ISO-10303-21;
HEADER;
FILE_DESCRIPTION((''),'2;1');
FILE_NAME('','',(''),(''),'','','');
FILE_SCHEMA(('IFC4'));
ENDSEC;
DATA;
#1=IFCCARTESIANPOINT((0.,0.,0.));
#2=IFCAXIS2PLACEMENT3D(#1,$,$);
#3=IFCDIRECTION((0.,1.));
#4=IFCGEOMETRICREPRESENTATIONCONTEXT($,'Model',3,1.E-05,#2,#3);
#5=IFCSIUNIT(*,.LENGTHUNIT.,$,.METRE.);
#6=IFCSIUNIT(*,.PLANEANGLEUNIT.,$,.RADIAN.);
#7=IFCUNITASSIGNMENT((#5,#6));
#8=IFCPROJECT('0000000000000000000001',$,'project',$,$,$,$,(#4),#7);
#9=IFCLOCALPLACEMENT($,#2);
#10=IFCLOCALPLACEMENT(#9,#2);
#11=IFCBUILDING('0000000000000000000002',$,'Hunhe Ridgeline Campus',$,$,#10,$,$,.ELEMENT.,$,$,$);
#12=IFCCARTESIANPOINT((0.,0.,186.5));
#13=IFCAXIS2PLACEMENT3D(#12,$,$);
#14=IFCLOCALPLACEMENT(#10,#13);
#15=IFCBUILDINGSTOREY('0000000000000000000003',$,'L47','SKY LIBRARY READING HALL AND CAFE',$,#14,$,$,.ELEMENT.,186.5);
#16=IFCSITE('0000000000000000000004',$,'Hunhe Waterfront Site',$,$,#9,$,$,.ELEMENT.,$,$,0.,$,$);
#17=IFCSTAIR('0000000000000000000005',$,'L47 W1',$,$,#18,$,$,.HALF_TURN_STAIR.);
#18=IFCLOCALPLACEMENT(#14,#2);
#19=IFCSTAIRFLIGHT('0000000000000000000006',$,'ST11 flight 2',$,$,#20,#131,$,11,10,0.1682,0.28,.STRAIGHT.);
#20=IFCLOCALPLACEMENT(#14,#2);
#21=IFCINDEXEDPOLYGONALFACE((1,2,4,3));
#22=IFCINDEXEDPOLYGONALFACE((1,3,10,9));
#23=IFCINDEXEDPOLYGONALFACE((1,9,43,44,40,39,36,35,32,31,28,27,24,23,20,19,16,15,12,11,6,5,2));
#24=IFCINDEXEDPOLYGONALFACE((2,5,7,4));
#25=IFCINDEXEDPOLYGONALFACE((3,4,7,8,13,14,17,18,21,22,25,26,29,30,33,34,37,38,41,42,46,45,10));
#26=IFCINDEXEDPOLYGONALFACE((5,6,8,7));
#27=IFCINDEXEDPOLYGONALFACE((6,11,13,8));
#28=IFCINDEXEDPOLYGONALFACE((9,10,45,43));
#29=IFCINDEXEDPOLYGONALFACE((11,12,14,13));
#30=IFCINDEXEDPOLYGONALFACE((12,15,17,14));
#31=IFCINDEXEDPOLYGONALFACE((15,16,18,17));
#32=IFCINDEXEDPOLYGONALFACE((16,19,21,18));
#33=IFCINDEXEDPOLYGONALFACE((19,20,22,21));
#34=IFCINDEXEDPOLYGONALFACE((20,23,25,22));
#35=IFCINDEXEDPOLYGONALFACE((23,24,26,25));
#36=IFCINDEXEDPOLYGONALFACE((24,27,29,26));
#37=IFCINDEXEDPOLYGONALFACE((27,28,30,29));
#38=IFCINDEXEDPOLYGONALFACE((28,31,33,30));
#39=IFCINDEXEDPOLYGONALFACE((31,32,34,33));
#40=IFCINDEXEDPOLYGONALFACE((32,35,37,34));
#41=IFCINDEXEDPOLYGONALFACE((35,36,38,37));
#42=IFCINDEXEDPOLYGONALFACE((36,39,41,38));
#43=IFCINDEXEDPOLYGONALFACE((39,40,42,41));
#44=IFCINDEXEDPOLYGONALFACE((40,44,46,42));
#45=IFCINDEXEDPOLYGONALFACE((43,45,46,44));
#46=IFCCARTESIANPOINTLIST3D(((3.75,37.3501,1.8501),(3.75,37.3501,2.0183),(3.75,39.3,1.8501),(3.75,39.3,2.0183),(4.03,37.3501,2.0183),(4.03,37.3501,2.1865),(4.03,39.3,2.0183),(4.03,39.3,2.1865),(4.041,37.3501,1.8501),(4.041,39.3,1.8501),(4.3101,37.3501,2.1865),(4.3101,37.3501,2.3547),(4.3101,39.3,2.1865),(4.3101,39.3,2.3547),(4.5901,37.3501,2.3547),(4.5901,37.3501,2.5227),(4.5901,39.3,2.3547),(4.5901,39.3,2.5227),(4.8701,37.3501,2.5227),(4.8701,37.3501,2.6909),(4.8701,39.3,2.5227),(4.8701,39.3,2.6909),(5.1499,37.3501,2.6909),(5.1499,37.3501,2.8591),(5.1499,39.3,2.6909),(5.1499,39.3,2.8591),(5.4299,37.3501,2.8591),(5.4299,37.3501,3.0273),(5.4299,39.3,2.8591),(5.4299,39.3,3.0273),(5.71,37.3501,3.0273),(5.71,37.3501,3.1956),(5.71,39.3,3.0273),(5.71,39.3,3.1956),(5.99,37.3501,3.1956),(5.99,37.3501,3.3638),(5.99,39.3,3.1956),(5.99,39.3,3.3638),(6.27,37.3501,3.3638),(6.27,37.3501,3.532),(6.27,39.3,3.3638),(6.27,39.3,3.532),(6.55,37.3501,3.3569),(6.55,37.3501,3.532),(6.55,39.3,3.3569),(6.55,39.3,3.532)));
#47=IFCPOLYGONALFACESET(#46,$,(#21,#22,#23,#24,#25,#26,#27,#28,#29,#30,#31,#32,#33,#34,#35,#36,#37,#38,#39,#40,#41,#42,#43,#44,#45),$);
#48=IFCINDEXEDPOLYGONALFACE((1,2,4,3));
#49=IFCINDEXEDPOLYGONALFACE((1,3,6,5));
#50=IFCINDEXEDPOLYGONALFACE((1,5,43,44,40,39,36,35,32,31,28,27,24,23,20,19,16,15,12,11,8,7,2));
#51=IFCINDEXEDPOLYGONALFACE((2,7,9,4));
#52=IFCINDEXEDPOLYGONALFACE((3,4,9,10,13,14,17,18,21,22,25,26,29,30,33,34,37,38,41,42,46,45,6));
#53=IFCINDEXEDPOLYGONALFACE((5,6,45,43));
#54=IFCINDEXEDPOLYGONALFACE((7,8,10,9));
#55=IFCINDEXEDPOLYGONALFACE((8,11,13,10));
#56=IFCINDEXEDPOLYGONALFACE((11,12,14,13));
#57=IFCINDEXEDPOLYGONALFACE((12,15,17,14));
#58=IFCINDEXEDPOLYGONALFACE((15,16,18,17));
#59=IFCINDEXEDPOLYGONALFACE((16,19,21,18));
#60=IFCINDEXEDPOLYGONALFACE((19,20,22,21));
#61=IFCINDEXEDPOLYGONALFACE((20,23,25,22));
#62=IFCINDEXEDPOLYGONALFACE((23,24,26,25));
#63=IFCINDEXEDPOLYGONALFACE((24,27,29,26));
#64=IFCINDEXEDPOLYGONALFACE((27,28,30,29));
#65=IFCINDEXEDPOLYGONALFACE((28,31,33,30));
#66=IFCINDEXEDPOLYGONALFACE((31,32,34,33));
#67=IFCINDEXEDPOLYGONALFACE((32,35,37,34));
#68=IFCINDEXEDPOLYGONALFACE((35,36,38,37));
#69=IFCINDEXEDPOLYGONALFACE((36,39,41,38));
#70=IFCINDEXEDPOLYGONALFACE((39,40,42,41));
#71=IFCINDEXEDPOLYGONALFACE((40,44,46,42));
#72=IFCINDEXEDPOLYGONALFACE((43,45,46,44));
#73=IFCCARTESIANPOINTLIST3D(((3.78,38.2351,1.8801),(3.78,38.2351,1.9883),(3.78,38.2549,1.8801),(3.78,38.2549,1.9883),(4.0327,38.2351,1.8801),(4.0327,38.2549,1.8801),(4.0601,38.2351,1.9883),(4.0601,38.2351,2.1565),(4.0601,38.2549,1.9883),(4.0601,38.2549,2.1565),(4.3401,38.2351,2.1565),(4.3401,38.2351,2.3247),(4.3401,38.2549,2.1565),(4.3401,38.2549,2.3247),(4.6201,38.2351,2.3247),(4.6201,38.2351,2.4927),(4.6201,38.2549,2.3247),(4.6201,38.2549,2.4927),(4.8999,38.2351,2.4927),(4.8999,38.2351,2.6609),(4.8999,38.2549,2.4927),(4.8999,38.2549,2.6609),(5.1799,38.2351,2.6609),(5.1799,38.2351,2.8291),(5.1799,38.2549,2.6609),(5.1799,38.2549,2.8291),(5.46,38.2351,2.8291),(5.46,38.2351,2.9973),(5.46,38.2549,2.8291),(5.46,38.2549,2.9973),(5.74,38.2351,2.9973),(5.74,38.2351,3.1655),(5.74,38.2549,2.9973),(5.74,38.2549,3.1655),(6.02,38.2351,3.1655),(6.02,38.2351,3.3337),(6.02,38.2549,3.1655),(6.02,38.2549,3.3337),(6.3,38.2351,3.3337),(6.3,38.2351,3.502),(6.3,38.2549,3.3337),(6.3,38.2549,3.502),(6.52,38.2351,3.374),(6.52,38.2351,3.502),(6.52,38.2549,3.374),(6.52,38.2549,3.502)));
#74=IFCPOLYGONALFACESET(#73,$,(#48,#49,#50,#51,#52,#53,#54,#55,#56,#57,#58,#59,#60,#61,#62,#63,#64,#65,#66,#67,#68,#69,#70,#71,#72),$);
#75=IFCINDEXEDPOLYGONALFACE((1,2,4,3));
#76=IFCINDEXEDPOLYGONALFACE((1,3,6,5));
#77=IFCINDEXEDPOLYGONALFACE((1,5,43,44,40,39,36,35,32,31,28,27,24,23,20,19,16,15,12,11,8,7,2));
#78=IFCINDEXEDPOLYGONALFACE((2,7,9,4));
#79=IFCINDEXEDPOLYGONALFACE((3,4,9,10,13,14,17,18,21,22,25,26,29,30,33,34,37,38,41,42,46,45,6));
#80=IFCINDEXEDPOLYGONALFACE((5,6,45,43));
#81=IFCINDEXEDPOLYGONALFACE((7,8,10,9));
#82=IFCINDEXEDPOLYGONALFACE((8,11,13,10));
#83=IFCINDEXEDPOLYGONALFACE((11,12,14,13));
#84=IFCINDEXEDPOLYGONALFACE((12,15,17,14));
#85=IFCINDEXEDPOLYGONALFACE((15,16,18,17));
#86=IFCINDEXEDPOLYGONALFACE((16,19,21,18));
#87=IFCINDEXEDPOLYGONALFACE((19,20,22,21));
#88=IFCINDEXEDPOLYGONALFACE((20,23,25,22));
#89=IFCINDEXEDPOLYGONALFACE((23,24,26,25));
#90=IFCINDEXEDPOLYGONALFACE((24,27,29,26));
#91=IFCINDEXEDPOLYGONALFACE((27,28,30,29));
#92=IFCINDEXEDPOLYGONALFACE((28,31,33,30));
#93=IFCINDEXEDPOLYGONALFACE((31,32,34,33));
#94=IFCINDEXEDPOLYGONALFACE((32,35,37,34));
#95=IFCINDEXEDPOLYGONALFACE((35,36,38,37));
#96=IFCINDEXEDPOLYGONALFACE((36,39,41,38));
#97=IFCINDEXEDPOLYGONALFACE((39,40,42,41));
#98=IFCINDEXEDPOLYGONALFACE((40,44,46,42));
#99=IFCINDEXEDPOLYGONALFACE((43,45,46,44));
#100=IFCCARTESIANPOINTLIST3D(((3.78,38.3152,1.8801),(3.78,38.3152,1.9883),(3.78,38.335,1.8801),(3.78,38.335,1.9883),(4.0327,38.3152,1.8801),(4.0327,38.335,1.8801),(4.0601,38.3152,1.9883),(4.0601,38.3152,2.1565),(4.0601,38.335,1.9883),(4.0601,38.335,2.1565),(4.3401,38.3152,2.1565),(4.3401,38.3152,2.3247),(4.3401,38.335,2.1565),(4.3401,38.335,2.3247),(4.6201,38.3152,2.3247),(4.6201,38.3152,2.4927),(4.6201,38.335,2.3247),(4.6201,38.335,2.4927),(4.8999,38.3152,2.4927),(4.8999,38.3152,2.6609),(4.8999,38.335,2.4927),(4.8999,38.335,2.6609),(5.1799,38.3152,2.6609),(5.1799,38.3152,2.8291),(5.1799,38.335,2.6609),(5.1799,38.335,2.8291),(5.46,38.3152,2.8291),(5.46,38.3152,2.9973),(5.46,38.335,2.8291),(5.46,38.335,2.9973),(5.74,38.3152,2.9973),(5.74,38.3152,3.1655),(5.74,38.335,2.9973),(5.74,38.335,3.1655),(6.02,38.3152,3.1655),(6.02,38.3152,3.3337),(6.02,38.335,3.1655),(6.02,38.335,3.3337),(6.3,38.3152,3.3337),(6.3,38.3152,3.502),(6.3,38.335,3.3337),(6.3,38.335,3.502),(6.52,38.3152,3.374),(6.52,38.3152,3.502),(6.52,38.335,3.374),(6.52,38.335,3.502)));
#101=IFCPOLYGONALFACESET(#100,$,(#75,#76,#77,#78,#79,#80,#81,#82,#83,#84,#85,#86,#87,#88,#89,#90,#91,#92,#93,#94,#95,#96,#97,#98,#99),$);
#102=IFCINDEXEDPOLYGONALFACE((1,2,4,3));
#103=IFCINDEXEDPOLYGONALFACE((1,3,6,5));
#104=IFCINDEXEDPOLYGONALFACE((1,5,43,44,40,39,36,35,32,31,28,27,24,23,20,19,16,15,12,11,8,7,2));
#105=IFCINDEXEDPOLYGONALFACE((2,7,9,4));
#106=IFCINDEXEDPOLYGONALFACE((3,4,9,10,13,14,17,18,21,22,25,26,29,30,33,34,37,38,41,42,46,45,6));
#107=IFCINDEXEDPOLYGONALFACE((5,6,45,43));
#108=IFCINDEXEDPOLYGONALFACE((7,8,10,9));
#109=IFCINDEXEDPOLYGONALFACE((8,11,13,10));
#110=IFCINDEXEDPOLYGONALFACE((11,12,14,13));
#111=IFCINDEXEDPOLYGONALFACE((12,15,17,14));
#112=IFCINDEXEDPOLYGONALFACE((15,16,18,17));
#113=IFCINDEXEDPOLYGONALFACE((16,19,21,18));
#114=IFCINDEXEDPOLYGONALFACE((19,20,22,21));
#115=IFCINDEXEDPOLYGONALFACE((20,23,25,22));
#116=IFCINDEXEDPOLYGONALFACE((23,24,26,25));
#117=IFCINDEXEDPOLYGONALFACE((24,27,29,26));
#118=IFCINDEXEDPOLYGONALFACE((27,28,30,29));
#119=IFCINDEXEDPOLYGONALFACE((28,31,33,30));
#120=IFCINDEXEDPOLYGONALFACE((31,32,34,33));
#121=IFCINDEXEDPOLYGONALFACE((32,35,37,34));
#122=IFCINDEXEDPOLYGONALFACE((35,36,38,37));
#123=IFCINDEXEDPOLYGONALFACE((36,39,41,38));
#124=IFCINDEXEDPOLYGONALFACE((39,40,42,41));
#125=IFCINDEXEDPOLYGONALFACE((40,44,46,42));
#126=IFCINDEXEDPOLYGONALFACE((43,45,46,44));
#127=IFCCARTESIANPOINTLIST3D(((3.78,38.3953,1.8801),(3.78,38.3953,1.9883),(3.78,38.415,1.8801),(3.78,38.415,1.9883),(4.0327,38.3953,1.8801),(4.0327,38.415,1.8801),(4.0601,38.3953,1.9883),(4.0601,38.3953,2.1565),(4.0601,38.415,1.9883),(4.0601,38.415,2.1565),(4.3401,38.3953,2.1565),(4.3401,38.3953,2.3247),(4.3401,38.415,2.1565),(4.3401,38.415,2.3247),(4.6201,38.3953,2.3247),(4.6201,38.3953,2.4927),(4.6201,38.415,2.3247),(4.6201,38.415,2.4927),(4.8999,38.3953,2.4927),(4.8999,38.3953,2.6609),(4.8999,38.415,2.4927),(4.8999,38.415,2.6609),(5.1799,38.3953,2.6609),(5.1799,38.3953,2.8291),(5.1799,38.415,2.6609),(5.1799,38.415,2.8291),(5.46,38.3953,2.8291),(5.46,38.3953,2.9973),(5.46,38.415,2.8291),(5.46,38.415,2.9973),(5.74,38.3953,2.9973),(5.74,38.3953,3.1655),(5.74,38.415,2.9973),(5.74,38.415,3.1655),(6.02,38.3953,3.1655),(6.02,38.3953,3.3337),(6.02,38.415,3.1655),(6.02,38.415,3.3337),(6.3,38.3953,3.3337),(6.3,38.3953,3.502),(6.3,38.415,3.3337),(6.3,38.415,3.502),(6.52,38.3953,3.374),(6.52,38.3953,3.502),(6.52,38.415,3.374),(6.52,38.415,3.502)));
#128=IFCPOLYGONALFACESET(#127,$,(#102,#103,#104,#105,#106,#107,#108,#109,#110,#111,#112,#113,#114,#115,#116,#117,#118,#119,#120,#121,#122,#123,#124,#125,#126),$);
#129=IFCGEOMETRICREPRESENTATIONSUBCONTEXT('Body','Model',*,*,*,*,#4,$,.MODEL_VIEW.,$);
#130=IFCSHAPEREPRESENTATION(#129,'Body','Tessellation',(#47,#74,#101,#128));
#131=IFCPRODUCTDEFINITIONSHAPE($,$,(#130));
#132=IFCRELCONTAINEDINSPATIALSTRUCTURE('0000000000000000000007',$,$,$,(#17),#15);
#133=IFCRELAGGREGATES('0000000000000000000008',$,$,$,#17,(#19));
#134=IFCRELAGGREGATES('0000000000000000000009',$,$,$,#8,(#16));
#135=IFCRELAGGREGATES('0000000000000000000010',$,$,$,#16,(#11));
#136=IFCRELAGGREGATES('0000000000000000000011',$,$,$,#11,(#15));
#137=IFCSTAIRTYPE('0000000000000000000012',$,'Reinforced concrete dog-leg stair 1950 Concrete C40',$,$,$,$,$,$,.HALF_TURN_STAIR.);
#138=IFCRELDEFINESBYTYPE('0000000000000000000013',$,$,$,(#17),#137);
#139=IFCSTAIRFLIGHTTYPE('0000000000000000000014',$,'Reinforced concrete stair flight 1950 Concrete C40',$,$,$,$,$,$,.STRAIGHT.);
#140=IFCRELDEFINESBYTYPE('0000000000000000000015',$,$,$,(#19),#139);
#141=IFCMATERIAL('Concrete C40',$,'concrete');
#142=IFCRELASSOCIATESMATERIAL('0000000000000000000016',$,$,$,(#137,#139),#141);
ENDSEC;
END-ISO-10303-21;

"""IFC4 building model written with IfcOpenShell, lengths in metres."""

from ifc_helpers import new_model, si_unit, direction, frame, origin, place, context, subcontext, project, spatial, polyline, outline, extrude, material, type_object, element, aggregate, save


model = new_model("IFC4")

# Units and contexts
model_context = context("Model", 3, precision=1e-05, world=origin(), true_north=direction((0.0, 1.0)))
body_context = subcontext(model_context, "Body", "Model", "MODEL_VIEW")
ifc_project = project(units=[si_unit("LENGTHUNIT", "METRE"), si_unit("PLANEANGLEUNIT", "RADIAN")], contexts=[model_context])

# Site, building, storey
site_placement = place(None, origin())
site = spatial("IfcSite", under=ifc_project, at=site_placement, Name="Hunhe Waterfront Site", CompositionType="ELEMENT", RefElevation=0.0)
building_placement = place(site_placement, origin())
building = spatial("IfcBuilding", under=site, at=building_placement, Name="Hunhe Ridgeline Campus", CompositionType="ELEMENT")
storey_placement = place(building_placement, frame((0.0, 0.0, 186.5)))
storey = spatial("IfcBuildingStorey", under=building, at=storey_placement, Name="L47", Description="SKY LIBRARY READING HALL AND CAFE", CompositionType="ELEMENT", Elevation=186.5)

# Stair, stair flight
ifc_material_1 = material(Name="Concrete C40", Category="concrete")
stair_type = type_object("IfcStairType", Name="Reinforced concrete dog-leg stair 1950 Concrete C40", PredefinedType="HALF_TURN_STAIR", material=ifc_material_1)
stair_placement = place(storey_placement, origin())
stair = element("IfcStair", 1, at=stair_placement, inside=storey, type_object=stair_type, Name="L47 W1", PredefinedType="HALF_TURN_STAIR")
stair_flight_type = type_object("IfcStairFlightType", Name="Reinforced concrete stair flight 1950 Concrete C40", PredefinedType="STRAIGHT", material=ifc_material_1)
stair_flight_1_placement = place(storey_placement, frame((3.75, 38.325, 1.8501), z_axis=(0.0, 0.0, 1.0), x_axis=(1.0, 0.0, 0.0)))
stair_flight_1 = element("IfcStairFlight", 2, at=stair_flight_1_placement, type_object=stair_flight_type, Name="ST11 flight 2", NumberOfRisers=11, NumberOfTreads=10, PredefinedType="STRAIGHT", RiserHeight=0.1682, TreadLength=0.28, context=body_context, shape_type="SweptSolid", body=[
    extrude(outline(polyline([(0.0, 0.0), (0.0, 0.1682), (0.28, 0.1682), (0.28, 0.3364), (0.5601, 0.3364), (0.5601, 0.5046), (0.8401, 0.5046), (0.8401, 0.6726), (1.1201, 0.6726), (1.1201, 0.8408), (1.3999, 0.8408), (1.3999, 1.009), (1.6799, 1.009), (1.6799, 1.1772), (1.96, 1.1772), (1.96, 1.3455), (2.24, 1.3455), (2.24, 1.5137), (2.52, 1.5137), (2.52, 1.6819), (2.8, 1.6819), (2.8, 1.8501), (2.8, 1.5068), (0.291, 0.0), (0.0, 0.0)])), frame((0.0, 0.9751, 0.0), z_axis=(0.0, -1.0, 0.0), x_axis=(1.0, 0.0, 0.0)), (0.0, 0.0, 1.0), 1.95),
    extrude(outline(polyline([(0.03, 0.03), (0.03, 0.1382), (0.3101, 0.1382), (0.3101, 0.3064), (0.5901, 0.3064), (0.5901, 0.4746), (0.8701, 0.4746), (0.8701, 0.6426), (1.1499, 0.6426), (1.1499, 0.8108), (1.4299, 0.8108), (1.4299, 0.979), (1.71, 0.979), (1.71, 1.1472), (1.99, 1.1472), (1.99, 1.3154), (2.27, 1.3154), (2.27, 1.4836), (2.55, 1.4836), (2.55, 1.6519), (2.77, 1.6519), (2.77, 1.5239), (0.2827, 0.03), (0.03, 0.03)])), frame((0.0, -0.0701, 0.0), z_axis=(0.0, -1.0, 0.0), x_axis=(1.0, 0.0, 0.0)), (0.0, 0.0, 1.0), 0.0198),
    extrude(outline(polyline([(0.03, 0.03), (0.03, 0.1382), (0.3101, 0.1382), (0.3101, 0.3064), (0.5901, 0.3064), (0.5901, 0.4746), (0.8701, 0.4746), (0.8701, 0.6426), (1.1499, 0.6426), (1.1499, 0.8108), (1.4299, 0.8108), (1.4299, 0.979), (1.71, 0.979), (1.71, 1.1472), (1.99, 1.1472), (1.99, 1.3154), (2.27, 1.3154), (2.27, 1.4836), (2.55, 1.4836), (2.55, 1.6519), (2.77, 1.6519), (2.77, 1.5239), (0.2827, 0.03), (0.03, 0.03)])), frame((0.0, 0.01, 0.0), z_axis=(0.0, -1.0, 0.0), x_axis=(1.0, 0.0, 0.0)), (0.0, 0.0, 1.0), 0.0198),
    extrude(outline(polyline([(0.03, 0.03), (0.03, 0.1382), (0.3101, 0.1382), (0.3101, 0.3064), (0.5901, 0.3064), (0.5901, 0.4746), (0.8701, 0.4746), (0.8701, 0.6426), (1.1499, 0.6426), (1.1499, 0.8108), (1.4299, 0.8108), (1.4299, 0.979), (1.71, 0.979), (1.71, 1.1472), (1.99, 1.1472), (1.99, 1.3154), (2.27, 1.3154), (2.27, 1.4836), (2.55, 1.4836), (2.55, 1.6519), (2.77, 1.6519), (2.77, 1.5239), (0.2827, 0.03), (0.03, 0.03)])), frame((0.0, 0.0901, 0.0), z_axis=(0.0, -1.0, 0.0), x_axis=(1.0, 0.0, 0.0)), (0.0, 0.0, 1.0), 0.0198),
])
aggregate(stair, [stair_flight_1])

save(model, "model.ifc")
